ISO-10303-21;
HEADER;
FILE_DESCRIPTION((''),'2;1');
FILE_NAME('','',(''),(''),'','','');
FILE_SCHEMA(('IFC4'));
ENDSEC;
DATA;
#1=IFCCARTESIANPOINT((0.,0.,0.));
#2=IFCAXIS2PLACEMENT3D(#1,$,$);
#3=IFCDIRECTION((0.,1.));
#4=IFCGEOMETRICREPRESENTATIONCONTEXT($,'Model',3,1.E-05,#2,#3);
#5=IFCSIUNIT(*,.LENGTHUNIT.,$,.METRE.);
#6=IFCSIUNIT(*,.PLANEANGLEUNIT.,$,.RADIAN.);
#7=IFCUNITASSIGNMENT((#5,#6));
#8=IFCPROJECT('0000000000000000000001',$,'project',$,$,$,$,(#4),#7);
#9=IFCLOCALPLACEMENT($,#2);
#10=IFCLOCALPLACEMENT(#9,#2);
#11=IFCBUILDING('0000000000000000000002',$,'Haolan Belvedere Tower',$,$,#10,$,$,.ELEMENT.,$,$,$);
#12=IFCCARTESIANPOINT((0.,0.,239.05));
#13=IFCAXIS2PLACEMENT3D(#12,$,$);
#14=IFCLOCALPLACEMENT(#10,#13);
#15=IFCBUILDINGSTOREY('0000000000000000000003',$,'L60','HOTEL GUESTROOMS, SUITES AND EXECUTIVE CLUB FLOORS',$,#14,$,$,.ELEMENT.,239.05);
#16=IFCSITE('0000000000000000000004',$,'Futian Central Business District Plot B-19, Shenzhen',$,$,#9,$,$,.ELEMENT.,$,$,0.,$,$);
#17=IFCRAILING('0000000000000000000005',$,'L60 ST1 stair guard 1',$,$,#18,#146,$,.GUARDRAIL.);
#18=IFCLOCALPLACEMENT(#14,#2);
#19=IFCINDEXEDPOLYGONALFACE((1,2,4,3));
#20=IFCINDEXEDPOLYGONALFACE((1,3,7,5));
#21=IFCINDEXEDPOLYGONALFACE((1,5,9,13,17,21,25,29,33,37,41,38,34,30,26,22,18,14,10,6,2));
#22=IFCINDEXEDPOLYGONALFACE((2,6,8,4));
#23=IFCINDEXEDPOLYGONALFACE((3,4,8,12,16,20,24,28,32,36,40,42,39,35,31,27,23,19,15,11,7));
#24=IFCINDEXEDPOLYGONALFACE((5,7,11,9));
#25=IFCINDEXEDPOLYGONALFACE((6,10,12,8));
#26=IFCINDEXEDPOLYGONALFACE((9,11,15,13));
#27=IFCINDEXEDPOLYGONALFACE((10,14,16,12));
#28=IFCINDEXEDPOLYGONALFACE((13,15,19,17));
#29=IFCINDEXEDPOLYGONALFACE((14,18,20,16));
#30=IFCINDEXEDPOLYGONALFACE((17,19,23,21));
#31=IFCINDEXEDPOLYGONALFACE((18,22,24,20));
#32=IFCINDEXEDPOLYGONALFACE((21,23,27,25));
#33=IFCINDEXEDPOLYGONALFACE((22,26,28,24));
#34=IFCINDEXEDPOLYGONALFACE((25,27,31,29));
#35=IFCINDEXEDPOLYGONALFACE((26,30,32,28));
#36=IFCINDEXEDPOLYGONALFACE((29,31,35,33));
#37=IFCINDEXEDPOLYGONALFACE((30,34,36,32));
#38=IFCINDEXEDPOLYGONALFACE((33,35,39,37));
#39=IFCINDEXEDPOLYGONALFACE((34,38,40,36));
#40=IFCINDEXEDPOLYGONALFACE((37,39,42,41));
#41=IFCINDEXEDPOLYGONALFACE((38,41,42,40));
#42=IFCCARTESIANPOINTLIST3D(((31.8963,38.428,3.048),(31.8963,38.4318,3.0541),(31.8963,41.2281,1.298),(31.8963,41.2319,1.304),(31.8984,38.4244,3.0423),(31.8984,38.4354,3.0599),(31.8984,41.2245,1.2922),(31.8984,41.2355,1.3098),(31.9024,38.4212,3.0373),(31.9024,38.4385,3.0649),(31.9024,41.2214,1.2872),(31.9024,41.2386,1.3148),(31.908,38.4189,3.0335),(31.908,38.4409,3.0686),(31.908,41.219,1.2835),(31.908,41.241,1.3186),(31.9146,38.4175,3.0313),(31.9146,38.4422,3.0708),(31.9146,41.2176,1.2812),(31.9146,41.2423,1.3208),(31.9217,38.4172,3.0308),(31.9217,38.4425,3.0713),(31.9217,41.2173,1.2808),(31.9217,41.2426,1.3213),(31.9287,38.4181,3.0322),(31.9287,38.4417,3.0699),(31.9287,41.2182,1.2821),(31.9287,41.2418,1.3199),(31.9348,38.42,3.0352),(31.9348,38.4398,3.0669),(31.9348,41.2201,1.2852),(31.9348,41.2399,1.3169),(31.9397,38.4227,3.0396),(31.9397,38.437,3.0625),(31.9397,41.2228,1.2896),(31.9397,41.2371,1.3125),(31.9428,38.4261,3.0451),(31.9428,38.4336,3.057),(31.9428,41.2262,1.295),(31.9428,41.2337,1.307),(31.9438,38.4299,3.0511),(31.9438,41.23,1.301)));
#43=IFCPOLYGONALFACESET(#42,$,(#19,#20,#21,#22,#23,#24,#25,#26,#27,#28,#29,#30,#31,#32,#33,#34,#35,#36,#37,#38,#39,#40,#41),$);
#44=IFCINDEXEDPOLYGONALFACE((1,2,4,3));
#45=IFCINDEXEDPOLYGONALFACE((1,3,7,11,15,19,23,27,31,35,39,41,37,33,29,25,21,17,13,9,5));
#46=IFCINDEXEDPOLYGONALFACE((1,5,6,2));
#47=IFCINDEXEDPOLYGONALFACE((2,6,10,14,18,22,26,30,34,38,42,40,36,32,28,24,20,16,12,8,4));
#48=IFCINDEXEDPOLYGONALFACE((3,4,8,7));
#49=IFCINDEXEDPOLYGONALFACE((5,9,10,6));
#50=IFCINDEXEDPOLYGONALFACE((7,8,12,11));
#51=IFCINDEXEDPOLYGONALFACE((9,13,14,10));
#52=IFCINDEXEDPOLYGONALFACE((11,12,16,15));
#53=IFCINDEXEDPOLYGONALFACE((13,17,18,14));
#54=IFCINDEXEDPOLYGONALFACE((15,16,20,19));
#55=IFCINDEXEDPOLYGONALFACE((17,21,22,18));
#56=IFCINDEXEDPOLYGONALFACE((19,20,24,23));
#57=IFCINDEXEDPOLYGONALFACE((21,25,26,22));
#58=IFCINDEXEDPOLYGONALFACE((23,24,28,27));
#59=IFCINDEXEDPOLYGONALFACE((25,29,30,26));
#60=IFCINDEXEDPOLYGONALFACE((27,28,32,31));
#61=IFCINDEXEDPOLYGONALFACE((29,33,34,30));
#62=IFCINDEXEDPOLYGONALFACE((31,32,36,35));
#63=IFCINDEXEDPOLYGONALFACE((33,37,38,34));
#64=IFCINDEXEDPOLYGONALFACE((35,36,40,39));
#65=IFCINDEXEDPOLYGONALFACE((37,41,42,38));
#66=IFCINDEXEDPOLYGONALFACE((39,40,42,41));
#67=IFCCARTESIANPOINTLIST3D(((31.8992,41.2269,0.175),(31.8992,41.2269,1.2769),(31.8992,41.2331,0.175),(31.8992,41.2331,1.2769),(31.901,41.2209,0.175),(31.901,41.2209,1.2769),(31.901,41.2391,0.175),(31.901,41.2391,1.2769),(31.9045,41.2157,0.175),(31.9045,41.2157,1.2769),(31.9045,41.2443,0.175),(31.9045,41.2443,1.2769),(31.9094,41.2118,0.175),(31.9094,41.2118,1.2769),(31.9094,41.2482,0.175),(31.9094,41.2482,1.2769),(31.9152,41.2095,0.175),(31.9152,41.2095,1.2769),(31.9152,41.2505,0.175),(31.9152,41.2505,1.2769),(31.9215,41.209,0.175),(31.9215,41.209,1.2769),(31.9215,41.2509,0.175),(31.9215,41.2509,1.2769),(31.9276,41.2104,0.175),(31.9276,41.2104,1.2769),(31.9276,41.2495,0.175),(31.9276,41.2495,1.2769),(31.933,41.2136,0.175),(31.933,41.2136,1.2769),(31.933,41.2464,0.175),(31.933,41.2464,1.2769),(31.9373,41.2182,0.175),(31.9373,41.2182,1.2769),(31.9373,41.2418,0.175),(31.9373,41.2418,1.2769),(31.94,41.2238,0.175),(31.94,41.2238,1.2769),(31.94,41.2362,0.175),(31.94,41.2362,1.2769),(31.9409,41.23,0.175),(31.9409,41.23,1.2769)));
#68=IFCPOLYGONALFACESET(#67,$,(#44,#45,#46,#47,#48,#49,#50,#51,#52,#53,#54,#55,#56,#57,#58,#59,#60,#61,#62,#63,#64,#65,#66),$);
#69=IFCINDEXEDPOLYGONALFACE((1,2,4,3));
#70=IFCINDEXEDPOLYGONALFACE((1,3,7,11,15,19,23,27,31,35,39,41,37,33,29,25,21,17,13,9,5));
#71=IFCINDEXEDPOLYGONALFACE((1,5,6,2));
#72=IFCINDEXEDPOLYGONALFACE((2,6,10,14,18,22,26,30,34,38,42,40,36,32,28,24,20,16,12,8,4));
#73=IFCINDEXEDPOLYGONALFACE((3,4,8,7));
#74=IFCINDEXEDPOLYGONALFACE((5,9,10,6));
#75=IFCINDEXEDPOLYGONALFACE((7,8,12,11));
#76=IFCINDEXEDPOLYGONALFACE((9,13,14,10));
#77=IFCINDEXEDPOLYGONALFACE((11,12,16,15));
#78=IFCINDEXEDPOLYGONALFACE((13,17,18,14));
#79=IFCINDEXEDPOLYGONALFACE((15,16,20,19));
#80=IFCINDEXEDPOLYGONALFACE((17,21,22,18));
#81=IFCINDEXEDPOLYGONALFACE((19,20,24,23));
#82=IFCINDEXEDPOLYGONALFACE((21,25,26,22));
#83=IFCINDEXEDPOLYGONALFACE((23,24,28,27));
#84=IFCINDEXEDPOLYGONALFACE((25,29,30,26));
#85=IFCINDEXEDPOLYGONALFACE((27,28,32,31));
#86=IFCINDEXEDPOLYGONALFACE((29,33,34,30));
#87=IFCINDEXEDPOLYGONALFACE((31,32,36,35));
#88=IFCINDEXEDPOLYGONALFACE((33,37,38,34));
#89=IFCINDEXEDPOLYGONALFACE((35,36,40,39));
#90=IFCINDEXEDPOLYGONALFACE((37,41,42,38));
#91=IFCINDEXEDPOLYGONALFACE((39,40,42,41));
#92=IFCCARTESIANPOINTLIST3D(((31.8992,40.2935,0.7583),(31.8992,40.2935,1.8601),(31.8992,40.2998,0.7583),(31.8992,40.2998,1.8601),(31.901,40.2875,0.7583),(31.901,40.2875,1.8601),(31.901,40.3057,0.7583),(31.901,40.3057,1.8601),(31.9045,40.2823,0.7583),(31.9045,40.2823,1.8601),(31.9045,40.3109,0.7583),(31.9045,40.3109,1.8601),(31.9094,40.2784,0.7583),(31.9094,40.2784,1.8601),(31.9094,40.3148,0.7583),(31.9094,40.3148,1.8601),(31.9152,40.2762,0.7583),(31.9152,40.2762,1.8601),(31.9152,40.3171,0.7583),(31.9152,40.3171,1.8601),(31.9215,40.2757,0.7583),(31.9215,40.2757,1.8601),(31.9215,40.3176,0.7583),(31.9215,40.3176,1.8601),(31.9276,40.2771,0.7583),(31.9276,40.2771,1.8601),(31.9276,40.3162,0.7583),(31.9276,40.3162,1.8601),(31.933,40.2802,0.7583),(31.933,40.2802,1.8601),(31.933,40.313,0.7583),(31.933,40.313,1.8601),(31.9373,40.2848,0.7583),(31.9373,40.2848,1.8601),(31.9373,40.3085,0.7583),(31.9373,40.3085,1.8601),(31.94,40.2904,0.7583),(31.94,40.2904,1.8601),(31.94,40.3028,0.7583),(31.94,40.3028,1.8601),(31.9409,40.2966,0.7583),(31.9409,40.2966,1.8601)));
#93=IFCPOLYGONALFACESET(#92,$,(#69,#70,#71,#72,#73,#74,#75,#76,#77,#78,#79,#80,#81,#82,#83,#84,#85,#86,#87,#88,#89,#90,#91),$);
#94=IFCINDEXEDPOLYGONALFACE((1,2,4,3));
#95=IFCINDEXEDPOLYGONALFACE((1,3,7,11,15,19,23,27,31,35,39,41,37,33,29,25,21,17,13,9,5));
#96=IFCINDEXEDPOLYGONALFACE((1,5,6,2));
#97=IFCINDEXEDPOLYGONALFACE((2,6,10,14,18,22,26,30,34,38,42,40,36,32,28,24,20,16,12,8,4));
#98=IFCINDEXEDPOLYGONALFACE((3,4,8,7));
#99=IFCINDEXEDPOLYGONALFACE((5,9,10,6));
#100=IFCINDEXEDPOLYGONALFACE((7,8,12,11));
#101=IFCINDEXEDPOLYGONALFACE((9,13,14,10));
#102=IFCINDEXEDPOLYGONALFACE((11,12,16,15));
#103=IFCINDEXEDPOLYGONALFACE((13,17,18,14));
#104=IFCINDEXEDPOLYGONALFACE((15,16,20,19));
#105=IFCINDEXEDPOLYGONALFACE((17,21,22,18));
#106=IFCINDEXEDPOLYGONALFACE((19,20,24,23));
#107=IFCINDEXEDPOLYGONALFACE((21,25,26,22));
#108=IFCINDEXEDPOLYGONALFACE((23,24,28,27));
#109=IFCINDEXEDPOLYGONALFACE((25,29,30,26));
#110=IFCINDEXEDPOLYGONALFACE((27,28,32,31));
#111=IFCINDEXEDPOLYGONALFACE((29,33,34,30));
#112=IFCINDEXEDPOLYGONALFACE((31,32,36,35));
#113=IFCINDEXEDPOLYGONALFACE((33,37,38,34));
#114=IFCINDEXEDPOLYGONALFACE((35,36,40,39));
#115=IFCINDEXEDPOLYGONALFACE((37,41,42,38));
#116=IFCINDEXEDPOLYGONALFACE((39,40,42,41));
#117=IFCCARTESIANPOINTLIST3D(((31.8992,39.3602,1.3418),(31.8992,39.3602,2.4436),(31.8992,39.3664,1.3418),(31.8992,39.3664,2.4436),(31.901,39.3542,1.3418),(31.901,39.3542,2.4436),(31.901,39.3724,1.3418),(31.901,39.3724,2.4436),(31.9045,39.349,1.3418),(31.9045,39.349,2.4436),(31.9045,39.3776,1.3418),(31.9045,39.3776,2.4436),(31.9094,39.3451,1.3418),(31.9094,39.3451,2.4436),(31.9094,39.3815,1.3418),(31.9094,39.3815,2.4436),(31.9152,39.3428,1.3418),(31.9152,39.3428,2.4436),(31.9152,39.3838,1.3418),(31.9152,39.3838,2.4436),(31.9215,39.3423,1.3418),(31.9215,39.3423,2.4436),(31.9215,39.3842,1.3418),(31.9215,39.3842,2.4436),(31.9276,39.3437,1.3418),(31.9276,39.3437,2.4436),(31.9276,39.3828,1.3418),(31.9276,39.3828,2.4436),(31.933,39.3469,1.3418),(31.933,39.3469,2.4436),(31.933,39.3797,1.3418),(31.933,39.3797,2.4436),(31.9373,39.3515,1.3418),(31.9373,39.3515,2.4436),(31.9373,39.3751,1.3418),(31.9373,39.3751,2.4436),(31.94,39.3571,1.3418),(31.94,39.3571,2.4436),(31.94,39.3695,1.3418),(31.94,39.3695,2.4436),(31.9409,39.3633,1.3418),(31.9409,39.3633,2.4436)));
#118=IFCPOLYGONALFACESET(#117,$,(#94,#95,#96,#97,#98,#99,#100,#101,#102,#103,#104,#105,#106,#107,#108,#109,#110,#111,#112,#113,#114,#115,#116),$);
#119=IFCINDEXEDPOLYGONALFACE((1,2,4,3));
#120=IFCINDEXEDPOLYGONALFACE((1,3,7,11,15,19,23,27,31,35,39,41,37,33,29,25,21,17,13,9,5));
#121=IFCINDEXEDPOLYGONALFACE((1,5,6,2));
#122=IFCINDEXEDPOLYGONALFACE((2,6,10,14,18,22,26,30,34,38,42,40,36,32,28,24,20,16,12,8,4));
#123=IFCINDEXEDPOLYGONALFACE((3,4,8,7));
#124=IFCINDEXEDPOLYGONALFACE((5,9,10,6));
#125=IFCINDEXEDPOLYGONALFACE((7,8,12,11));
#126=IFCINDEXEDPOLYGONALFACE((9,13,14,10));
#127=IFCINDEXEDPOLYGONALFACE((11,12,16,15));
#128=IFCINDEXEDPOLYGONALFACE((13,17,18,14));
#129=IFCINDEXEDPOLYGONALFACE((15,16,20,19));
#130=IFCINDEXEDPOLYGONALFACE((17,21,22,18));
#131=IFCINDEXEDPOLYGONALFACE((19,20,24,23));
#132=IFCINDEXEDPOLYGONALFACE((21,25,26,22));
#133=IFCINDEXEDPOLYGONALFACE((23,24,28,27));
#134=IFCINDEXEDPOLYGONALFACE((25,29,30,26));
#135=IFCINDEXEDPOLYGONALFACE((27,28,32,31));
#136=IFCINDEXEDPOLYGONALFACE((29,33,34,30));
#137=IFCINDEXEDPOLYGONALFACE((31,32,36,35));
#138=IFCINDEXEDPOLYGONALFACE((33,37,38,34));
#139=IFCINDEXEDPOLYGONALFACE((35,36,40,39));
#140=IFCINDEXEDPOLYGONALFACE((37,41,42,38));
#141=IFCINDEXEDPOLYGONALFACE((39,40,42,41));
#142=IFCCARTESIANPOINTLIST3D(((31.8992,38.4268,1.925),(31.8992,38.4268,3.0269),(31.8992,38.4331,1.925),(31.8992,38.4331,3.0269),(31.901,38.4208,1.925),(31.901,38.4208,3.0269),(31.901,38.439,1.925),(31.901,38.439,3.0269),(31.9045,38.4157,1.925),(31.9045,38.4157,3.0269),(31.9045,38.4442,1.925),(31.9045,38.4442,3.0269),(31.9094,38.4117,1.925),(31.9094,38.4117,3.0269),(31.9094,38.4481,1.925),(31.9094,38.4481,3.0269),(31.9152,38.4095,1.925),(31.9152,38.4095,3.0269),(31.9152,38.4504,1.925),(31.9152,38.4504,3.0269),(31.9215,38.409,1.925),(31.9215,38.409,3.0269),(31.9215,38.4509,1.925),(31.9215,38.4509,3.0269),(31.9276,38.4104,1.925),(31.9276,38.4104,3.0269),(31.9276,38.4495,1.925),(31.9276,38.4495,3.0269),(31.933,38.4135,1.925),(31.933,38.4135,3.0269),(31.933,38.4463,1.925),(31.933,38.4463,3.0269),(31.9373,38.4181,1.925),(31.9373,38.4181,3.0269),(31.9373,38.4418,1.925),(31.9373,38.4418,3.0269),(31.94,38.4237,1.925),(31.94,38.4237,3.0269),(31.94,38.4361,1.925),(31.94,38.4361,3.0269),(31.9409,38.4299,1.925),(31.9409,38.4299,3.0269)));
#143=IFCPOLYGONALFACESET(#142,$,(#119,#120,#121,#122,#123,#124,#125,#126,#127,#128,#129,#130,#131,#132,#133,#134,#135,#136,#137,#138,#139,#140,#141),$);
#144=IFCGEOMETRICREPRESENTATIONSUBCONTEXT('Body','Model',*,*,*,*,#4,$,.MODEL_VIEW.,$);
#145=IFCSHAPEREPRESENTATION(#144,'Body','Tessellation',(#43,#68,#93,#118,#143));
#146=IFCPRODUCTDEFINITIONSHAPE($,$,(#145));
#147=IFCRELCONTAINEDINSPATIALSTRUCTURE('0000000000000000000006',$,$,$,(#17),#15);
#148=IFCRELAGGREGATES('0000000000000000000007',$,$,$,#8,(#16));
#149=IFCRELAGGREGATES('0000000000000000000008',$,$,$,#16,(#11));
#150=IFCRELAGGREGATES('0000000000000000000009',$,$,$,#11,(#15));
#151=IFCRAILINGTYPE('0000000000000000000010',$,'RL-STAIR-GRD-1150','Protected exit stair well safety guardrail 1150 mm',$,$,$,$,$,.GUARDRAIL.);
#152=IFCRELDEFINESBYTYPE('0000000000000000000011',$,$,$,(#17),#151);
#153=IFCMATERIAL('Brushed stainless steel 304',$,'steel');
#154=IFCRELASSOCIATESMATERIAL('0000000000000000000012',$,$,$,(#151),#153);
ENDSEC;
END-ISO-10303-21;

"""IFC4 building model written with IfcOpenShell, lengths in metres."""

from ifc_helpers import new_model, si_unit, direction, frame, origin, origin_2d, place, context, subcontext, project, spatial, circle, extrude, material, type_object, element, save


model = new_model("IFC4")

# Units and contexts
model_context = context("Model", 3, precision=1e-05, world=origin(), true_north=direction((0.0, 1.0)))
body_context = subcontext(model_context, "Body", "Model", "MODEL_VIEW")
ifc_project = project(units=[si_unit("LENGTHUNIT", "METRE"), si_unit("PLANEANGLEUNIT", "RADIAN")], contexts=[model_context])

# Site, building, storey
site_placement = place(None, origin())
site = spatial("IfcSite", under=ifc_project, at=site_placement, Name="Futian Central Business District Plot B-19, Shenzhen", CompositionType="ELEMENT", RefElevation=0.0)
building_placement = place(site_placement, origin())
building = spatial("IfcBuilding", under=site, at=building_placement, Name="Haolan Belvedere Tower", CompositionType="ELEMENT")
storey_placement = place(building_placement, frame((0.0, 0.0, 239.05)))
storey = spatial("IfcBuildingStorey", under=building, at=storey_placement, Name="L60", Description="HOTEL GUESTROOMS, SUITES AND EXECUTIVE CLUB FLOORS", CompositionType="ELEMENT", Elevation=239.05)

# Railing
ifc_material_1 = material(Name="Brushed stainless steel 304", Category="steel")
railing_type_1 = type_object("IfcRailingType", Name="RL-STAIR-GRD-1150", Description="Protected exit stair well safety guardrail 1150 mm", PredefinedType="GUARDRAIL", material=ifc_material_1)
railing_1_placement = place(storey_placement, frame((31.9199, 41.23, 0.175)))
element("IfcRailing", 1, at=railing_1_placement, inside=storey, type_object=railing_type_1, Name="L60 ST1 stair guard 1", PredefinedType="GUARDRAIL", context=body_context, shape_type="SweptSolid", body=[
    extrude(circle(Radius=0.0239, at=origin_2d()), frame((0.0, 0.0, 1.126), z_axis=(0.0, -0.848002, 0.529992), x_axis=(1.0, 0.0, 0.0)), (0.0, 0.0, 1.0), 3.302),
    extrude(circle(Radius=0.021, at=origin_2d()), origin(), (0.0, 0.0, 1.0), 1.1018),
    extrude(circle(Radius=0.021, at=origin_2d()), frame((0.0, -0.9333, 0.5833)), (0.0, 0.0, 1.0), 1.1018),
    extrude(circle(Radius=0.021, at=origin_2d()), frame((0.0, -1.8667, 1.1667)), (0.0, 0.0, 1.0), 1.1018),
    extrude(circle(Radius=0.021, at=origin_2d()), frame((0.0, -2.8, 1.75)), (0.0, 0.0, 1.0), 1.1018),
])

save(model, "model.ifc")
